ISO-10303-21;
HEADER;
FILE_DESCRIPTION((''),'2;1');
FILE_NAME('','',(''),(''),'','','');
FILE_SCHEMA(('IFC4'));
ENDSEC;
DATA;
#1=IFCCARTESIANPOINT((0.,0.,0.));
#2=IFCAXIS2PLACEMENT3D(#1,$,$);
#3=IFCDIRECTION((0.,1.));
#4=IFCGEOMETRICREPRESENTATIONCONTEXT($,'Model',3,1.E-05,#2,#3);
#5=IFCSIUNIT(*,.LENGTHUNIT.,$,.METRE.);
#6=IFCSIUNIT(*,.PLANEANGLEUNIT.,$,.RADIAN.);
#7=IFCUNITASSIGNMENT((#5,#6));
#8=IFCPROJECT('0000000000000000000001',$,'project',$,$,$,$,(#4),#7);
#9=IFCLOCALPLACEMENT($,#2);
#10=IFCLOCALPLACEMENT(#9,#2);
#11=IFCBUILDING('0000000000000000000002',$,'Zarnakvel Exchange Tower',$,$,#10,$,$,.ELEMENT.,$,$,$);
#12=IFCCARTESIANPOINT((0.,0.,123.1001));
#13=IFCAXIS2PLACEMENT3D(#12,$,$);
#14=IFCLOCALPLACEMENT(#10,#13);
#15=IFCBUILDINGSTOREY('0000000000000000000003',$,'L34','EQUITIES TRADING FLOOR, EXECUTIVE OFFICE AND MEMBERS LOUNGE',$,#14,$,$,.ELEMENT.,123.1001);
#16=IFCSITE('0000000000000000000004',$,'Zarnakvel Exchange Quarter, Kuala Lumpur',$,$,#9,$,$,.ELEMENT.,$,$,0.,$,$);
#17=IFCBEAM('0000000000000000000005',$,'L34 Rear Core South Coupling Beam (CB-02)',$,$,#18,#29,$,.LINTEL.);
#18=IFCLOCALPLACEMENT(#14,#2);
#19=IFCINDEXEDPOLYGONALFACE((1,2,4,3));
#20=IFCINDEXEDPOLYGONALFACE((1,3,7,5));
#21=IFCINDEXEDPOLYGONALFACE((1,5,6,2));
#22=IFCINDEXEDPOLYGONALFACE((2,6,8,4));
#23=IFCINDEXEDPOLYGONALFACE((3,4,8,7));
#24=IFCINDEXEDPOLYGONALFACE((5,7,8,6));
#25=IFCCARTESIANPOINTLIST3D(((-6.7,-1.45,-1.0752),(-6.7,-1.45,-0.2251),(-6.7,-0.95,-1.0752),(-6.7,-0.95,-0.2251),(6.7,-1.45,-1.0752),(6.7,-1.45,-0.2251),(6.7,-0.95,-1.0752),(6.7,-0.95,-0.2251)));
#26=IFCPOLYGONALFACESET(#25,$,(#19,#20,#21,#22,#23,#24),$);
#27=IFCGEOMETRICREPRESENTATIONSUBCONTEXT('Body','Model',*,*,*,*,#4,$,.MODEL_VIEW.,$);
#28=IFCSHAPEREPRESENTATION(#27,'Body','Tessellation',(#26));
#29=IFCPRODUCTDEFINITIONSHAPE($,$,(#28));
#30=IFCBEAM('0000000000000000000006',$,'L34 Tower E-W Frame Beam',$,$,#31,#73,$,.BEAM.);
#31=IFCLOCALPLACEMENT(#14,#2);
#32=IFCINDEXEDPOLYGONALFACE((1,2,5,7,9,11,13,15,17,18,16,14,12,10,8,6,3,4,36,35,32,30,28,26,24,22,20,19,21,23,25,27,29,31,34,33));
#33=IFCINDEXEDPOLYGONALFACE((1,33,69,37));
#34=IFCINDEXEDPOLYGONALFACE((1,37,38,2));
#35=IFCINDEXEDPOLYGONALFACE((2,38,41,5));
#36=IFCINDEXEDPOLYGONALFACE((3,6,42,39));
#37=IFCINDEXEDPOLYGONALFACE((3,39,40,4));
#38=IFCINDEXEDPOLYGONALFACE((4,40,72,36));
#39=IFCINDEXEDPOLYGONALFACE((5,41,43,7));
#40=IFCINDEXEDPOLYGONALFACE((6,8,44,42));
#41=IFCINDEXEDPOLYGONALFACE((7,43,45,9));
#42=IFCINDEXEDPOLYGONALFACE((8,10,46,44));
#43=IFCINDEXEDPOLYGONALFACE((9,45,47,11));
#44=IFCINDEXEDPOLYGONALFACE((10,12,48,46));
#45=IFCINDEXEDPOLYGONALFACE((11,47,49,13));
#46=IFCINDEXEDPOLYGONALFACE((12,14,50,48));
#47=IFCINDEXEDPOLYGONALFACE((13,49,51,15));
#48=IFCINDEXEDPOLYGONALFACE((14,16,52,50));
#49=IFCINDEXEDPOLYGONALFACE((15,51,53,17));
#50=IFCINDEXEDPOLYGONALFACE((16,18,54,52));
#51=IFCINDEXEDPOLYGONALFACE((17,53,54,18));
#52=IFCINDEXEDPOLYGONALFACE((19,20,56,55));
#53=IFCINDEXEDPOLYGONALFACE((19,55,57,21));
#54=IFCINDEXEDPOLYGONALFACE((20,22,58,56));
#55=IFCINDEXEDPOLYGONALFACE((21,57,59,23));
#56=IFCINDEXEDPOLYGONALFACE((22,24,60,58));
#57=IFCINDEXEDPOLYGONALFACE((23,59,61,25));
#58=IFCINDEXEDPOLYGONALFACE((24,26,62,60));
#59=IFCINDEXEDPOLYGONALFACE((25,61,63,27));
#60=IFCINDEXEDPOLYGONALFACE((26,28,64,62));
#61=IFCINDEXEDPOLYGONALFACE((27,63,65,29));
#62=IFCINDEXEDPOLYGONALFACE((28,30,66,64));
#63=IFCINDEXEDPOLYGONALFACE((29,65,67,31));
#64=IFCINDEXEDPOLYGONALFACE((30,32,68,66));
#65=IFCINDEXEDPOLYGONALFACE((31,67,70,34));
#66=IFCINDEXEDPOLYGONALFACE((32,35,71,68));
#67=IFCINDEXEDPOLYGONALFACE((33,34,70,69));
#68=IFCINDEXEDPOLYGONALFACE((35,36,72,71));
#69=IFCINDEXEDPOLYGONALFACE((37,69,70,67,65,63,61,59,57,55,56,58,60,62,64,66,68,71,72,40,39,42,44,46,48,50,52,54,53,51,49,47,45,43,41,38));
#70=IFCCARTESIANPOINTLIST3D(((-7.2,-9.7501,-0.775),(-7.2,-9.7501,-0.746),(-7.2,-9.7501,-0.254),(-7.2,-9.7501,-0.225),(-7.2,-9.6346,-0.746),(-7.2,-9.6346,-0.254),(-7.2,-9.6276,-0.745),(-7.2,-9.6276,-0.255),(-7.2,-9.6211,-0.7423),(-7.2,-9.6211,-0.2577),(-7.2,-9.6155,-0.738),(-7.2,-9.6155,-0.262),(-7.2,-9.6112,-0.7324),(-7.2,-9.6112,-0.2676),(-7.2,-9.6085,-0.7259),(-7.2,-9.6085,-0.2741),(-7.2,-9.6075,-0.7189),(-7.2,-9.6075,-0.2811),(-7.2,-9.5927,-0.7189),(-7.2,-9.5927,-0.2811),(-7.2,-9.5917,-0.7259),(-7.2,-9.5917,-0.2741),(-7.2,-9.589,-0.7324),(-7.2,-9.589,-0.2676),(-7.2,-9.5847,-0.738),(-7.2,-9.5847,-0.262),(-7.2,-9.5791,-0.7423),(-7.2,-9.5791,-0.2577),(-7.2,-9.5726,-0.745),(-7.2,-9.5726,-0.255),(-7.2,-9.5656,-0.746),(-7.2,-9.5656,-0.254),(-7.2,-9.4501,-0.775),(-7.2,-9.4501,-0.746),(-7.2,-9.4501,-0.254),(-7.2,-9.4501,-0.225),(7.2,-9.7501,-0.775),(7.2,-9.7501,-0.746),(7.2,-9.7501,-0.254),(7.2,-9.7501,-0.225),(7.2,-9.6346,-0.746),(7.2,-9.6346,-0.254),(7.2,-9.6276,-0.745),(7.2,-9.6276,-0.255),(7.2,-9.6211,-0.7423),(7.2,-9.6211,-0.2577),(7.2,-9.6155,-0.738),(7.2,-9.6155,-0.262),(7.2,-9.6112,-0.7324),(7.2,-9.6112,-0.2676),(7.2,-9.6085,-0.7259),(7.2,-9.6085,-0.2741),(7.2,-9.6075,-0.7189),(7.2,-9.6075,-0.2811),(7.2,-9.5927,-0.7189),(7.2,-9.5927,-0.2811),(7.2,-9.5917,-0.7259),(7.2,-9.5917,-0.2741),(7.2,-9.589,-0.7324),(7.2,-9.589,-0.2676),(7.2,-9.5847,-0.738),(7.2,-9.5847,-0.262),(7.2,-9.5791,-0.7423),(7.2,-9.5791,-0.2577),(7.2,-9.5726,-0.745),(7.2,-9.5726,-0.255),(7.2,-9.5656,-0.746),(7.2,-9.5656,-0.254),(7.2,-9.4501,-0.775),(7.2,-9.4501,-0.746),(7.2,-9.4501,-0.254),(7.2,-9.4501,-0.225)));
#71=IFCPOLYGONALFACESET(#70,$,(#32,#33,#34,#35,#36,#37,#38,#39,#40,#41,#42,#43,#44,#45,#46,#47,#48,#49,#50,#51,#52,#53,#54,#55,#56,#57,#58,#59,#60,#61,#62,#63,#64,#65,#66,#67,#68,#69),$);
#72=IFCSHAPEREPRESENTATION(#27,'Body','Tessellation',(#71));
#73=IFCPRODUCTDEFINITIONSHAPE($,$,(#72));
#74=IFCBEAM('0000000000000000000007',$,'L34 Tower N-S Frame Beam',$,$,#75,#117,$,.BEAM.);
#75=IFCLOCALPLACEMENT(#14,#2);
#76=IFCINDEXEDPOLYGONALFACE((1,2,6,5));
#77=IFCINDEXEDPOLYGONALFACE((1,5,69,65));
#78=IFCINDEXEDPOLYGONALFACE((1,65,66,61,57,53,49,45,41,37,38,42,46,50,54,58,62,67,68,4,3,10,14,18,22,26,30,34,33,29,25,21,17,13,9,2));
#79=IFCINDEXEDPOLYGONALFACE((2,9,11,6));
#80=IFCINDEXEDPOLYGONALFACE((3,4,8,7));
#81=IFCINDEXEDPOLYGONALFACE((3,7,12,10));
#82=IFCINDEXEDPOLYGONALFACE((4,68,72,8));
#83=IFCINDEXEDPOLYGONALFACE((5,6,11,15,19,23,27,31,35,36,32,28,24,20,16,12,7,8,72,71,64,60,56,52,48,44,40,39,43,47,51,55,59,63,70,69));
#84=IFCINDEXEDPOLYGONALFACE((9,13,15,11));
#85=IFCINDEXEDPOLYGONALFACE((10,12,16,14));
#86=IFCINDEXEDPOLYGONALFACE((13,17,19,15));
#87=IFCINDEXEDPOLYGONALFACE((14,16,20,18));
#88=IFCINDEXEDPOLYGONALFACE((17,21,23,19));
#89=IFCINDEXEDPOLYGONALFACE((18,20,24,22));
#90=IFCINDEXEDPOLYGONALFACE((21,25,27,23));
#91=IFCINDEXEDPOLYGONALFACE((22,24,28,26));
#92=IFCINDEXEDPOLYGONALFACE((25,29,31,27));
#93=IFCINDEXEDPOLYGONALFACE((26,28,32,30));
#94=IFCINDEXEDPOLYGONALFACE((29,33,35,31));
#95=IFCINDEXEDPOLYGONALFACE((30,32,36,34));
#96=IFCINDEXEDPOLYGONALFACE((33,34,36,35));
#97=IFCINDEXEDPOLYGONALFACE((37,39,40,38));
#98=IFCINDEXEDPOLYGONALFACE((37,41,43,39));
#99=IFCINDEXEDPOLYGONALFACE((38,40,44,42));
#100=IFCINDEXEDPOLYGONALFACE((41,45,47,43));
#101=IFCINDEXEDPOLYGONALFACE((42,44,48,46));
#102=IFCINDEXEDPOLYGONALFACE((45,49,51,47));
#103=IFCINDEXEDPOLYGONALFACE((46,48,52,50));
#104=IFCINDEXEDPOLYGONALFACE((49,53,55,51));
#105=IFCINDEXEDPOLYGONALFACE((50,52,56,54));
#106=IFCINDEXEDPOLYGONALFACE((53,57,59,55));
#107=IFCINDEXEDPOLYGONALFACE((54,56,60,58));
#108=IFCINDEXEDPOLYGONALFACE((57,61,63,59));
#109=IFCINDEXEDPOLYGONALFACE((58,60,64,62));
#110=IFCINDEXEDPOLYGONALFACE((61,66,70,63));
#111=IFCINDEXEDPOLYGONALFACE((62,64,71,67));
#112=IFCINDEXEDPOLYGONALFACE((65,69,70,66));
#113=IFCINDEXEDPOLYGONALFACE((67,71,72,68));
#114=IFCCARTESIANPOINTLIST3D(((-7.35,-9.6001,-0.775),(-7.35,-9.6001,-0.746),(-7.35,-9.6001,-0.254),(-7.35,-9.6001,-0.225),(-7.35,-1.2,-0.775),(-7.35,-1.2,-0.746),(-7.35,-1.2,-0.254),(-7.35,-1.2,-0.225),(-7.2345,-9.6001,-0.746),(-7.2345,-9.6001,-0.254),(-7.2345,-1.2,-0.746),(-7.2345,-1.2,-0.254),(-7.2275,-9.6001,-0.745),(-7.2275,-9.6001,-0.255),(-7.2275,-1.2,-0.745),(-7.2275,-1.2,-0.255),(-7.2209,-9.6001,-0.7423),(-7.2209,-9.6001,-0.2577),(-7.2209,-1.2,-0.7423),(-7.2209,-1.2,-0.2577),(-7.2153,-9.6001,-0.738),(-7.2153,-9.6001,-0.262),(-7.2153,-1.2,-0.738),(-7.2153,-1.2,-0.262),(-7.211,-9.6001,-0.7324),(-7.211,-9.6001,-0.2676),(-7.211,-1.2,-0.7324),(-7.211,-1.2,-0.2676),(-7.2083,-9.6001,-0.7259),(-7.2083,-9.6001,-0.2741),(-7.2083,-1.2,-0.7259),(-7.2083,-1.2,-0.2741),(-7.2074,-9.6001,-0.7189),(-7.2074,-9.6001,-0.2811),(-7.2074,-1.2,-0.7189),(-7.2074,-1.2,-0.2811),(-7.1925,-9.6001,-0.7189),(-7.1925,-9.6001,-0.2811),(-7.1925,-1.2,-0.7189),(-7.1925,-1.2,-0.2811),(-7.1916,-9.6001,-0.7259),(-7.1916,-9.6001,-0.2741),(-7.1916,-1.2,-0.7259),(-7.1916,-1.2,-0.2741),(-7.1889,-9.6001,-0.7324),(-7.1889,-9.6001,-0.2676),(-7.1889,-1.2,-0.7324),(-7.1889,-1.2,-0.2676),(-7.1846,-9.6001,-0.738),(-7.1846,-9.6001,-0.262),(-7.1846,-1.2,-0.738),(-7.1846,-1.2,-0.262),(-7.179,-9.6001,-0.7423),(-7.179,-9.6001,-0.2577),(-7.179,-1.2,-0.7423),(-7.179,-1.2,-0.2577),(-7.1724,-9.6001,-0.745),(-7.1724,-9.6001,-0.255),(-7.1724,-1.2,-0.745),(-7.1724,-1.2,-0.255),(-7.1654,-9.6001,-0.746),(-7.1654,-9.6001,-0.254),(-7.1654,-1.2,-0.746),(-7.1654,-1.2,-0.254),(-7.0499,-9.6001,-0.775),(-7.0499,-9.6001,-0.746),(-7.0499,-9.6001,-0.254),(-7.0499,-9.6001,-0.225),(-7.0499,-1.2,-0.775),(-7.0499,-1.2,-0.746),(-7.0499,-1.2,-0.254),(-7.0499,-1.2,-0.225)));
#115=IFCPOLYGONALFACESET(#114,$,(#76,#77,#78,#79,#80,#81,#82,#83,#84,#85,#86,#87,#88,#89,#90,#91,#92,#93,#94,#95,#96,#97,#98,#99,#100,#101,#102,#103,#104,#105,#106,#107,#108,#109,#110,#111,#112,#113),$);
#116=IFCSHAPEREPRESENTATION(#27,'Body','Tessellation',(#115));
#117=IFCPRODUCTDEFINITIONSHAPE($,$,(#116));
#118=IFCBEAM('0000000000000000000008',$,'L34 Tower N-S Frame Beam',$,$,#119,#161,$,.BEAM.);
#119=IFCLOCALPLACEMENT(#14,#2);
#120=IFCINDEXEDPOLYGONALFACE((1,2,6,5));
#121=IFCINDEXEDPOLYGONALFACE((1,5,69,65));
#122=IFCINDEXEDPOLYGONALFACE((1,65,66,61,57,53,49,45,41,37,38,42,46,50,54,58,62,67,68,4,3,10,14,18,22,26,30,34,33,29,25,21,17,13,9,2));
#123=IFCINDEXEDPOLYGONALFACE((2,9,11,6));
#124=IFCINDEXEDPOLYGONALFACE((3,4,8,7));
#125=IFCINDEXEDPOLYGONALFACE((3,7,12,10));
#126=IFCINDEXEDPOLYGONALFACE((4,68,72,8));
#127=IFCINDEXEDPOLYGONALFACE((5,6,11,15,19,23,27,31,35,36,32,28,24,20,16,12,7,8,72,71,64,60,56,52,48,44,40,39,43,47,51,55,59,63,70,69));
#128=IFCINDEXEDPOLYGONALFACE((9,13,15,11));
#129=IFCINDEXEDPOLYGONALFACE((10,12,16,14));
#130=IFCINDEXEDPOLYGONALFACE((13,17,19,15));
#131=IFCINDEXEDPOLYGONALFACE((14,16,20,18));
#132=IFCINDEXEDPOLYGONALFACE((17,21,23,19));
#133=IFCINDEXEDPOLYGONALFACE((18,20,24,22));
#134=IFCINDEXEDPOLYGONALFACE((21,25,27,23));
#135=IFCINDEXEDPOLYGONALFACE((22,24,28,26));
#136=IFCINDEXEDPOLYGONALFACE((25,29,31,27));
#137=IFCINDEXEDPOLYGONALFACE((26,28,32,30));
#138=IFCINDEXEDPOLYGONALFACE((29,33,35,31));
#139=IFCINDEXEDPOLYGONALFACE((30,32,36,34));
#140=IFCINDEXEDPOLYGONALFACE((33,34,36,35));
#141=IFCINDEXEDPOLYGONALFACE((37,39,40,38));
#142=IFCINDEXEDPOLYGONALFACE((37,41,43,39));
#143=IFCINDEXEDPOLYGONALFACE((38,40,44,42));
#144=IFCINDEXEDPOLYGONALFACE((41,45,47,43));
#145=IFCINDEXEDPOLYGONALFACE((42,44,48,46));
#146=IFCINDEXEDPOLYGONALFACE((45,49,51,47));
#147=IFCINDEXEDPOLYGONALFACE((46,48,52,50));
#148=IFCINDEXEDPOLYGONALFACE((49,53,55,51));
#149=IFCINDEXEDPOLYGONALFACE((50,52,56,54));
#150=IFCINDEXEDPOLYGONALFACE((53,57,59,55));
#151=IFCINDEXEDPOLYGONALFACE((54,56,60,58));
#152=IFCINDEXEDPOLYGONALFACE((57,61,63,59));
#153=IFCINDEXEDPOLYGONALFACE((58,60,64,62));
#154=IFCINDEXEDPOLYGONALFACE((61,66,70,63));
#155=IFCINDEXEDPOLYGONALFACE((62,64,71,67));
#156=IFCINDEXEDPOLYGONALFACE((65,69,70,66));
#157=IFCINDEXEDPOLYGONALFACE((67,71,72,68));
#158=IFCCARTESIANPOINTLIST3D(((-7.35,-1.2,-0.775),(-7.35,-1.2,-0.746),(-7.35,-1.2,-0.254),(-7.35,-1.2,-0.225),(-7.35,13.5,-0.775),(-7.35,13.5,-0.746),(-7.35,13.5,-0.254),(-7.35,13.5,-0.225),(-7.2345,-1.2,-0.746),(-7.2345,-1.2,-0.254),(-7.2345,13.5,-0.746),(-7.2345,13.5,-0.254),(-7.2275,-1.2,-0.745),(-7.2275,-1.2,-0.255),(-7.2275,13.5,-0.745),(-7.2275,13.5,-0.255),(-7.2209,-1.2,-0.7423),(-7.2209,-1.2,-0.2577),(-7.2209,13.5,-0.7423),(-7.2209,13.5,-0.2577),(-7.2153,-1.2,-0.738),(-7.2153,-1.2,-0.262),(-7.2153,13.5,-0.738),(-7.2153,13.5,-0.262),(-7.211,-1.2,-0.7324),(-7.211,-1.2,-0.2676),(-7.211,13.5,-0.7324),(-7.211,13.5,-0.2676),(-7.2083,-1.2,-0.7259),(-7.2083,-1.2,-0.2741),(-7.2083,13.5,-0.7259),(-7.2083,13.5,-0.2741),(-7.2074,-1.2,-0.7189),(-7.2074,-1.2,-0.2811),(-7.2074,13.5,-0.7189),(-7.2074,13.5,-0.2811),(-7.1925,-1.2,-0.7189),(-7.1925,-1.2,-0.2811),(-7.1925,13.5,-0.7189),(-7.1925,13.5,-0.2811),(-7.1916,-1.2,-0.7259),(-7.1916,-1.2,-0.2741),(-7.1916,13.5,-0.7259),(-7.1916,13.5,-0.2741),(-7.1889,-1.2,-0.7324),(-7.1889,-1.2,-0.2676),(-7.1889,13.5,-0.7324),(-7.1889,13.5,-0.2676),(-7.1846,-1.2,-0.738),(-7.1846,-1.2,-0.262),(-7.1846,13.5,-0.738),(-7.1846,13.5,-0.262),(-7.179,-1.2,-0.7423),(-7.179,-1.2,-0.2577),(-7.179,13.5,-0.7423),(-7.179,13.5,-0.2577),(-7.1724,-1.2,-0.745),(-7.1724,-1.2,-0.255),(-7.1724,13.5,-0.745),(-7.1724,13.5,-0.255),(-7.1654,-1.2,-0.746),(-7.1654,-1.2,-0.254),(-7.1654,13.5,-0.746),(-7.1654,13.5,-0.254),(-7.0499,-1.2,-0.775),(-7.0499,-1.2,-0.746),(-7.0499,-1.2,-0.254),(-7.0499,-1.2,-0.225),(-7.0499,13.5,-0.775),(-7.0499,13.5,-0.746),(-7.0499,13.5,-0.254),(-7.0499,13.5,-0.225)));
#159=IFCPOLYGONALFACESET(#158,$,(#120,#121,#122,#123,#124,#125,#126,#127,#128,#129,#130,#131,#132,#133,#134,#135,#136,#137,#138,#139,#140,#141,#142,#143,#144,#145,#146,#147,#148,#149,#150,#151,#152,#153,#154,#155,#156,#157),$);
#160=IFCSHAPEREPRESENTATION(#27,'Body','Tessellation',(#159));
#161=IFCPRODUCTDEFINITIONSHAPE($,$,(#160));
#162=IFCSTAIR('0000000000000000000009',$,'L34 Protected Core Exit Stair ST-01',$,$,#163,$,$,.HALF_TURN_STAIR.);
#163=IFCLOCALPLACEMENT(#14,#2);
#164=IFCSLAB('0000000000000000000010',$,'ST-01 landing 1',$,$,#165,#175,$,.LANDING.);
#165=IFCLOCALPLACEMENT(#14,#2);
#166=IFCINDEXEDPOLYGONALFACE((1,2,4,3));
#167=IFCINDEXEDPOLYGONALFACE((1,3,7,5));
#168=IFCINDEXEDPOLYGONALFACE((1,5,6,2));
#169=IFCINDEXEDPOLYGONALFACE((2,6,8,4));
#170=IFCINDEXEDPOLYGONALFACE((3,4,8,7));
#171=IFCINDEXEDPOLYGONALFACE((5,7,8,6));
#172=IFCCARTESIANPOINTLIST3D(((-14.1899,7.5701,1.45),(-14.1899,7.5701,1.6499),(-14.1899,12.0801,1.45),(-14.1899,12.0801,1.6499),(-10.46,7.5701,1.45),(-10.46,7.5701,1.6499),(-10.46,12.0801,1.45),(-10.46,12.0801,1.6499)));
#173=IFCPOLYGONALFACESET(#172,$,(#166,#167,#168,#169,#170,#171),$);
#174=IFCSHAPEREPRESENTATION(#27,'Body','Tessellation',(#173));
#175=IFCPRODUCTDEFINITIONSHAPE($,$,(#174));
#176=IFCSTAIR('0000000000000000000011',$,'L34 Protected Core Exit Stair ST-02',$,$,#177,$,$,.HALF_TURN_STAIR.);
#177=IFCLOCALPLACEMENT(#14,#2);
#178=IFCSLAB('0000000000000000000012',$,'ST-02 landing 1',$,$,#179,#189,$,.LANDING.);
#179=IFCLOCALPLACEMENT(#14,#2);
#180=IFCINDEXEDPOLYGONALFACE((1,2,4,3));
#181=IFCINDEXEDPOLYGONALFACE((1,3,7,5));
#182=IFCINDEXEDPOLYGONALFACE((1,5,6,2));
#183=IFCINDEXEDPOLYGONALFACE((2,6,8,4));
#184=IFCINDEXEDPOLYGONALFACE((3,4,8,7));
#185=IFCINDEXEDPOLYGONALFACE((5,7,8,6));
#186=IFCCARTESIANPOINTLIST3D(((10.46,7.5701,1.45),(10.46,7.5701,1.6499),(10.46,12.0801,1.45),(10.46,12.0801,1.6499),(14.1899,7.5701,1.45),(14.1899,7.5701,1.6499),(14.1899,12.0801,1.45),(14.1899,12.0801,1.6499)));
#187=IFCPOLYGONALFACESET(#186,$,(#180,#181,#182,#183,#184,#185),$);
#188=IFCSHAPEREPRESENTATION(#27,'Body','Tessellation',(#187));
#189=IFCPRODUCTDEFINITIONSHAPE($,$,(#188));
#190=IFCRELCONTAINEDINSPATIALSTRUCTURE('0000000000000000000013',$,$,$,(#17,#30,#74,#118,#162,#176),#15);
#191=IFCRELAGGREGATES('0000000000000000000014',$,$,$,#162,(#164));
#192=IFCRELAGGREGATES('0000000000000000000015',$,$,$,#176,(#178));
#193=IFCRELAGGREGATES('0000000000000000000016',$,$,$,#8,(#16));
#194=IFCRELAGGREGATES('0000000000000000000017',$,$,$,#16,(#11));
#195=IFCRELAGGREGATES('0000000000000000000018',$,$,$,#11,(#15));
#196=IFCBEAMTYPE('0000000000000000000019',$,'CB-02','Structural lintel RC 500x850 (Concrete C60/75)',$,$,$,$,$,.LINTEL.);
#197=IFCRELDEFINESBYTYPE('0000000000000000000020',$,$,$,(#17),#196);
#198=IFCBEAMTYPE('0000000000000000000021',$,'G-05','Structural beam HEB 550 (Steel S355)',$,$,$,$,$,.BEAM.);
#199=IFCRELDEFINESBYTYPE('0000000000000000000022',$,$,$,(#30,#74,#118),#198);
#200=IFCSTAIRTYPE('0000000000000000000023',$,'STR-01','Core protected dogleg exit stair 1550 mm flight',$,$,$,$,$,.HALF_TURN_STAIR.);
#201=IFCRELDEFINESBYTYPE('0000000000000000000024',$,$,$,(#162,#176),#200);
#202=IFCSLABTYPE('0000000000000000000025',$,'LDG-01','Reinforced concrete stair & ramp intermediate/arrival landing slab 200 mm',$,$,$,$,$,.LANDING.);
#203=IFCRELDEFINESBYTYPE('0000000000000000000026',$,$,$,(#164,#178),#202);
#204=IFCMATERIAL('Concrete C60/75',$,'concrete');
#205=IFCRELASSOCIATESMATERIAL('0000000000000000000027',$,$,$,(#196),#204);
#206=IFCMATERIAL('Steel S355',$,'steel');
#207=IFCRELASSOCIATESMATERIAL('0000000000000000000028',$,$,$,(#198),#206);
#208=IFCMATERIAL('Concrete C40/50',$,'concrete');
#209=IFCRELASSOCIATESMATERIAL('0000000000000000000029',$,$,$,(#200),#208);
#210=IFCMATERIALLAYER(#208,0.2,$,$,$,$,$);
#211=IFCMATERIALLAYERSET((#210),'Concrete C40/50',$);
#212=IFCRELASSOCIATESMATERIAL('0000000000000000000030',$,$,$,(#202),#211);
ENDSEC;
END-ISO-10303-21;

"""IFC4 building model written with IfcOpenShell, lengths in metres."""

from ifc_helpers import new_model, si_unit, direction, frame, origin, origin_2d, place, context, subcontext, project, spatial, polyline, rectangle, i_section, outline, extrude, material, layer, layer_set, material_profile, profile_set, type_object, element, aggregate, save


model = new_model("IFC4")

# Units and contexts
model_context = context("Model", 3, precision=1e-05, world=origin(), true_north=direction((0.0, 1.0)))
body_context = subcontext(model_context, "Body", "Model", "MODEL_VIEW")
ifc_project = project(units=[si_unit("LENGTHUNIT", "METRE"), si_unit("PLANEANGLEUNIT", "RADIAN")], contexts=[model_context])

# Site, building, storey
site_placement = place(None, origin())
site = spatial("IfcSite", under=ifc_project, at=site_placement, Name="Zarnakvel Exchange Quarter, Kuala Lumpur", CompositionType="ELEMENT", RefElevation=0.0)
building_placement = place(site_placement, origin())
building = spatial("IfcBuilding", under=site, at=building_placement, Name="Zarnakvel Exchange Tower", CompositionType="ELEMENT")
storey_placement = place(building_placement, frame((0.0, 0.0, 123.1001)))
storey = spatial("IfcBuildingStorey", under=building, at=storey_placement, Name="L34", Description="EQUITIES TRADING FLOOR, EXECUTIVE OFFICE AND MEMBERS LOUNGE", CompositionType="ELEMENT", Elevation=123.1001)

# Shared definitions
ifc_material_1 = material(Name="Concrete C60/75", Category="concrete")

# Beams
ifc_material_2 = material(Name="Steel S355", Category="steel")
ifc_material_profile_1 = material_profile(ifc_material_1, rectangle(XDim=0.5, YDim=0.8501, at=origin_2d()))
ifc_profile_set_1 = profile_set([ifc_material_profile_1], Name="Concrete C60/75")
beam_type_1 = type_object("IfcBeamType", Name="CB-02", Description="Structural lintel RC 500x850 (Concrete C60/75)", PredefinedType="LINTEL", material=ifc_profile_set_1)
beam_1_placement = place(storey_placement, frame((-6.7, -1.2, -0.6501), z_axis=(1.0, 0.0, 0.0), x_axis=(0.0, 1.0, 0.0)))
element("IfcBeam", 1, at=beam_1_placement, inside=storey, type_object=beam_type_1, Name="L34 Rear Core South Coupling Beam (CB-02)", PredefinedType="LINTEL", context=body_context, shape_type="SweptSolid", body=[
    extrude(rectangle(XDim=0.5, YDim=0.8501, at=origin_2d()), origin(), (0.0, 0.0, 1.0), 13.3999),
])
ifc_material_profile_2 = material_profile(ifc_material_2, i_section(OverallWidth=0.3, OverallDepth=0.55, WebThickness=0.0149, FlangeThickness=0.0291, FilletRadius=0.0271, at=origin_2d()))
ifc_profile_set_2 = profile_set([ifc_material_profile_2], Name="Steel S355")
beam_type_2 = type_object("IfcBeamType", Name="G-05", Description="Structural beam HEB 550 (Steel S355)", PredefinedType="BEAM", material=ifc_profile_set_2)
beam_2_placement = place(storey_placement, frame((-7.2, -9.6001, -0.5), z_axis=(1.0, 0.0, 0.0), x_axis=(0.0, 1.0, 0.0)))
element("IfcBeam", 2, at=beam_2_placement, inside=storey, type_object=beam_type_2, Name="L34 Tower E-W Frame Beam", PredefinedType="BEAM", context=body_context, shape_type="SweptSolid", body=[
    extrude(i_section(OverallWidth=0.3, OverallDepth=0.55, WebThickness=0.0149, FlangeThickness=0.0291, FilletRadius=0.0271, at=origin_2d()), origin(), (0.0, 0.0, 1.0), 14.3999),
])
beam_3_placement = place(storey_placement, frame((-7.2, -9.6001, -0.5), z_axis=(0.0, 1.0, 0.0), x_axis=(-1.0, 0.0, 0.0)))
element("IfcBeam", 3, at=beam_3_placement, inside=storey, type_object=beam_type_2, Name="L34 Tower N-S Frame Beam", PredefinedType="BEAM", context=body_context, shape_type="SweptSolid", body=[
    extrude(i_section(OverallWidth=0.3, OverallDepth=0.55, WebThickness=0.0149, FlangeThickness=0.0291, FilletRadius=0.0271, at=origin_2d()), origin(), (0.0, 0.0, 1.0), 8.4001),
])
beam_4_placement = place(storey_placement, frame((-7.2, -1.2, -0.5), z_axis=(0.0, 1.0, 0.0), x_axis=(-1.0, 0.0, 0.0)))
element("IfcBeam", 4, at=beam_4_placement, inside=storey, type_object=beam_type_2, Name="L34 Tower N-S Frame Beam", PredefinedType="BEAM", context=body_context, shape_type="SweptSolid", body=[
    extrude(i_section(OverallWidth=0.3, OverallDepth=0.55, WebThickness=0.0149, FlangeThickness=0.0291, FilletRadius=0.0271, at=origin_2d()), origin(), (0.0, 0.0, 1.0), 14.7),
])

# Stairs, slabs
ifc_material_3 = material(Name="Concrete C40/50", Category="concrete")
stair_type = type_object("IfcStairType", Name="STR-01", Description="Core protected dogleg exit stair 1550 mm flight", PredefinedType="HALF_TURN_STAIR", material=ifc_material_3)
stair_1_placement = place(storey_placement, origin())
stair_1 = element("IfcStair", 5, at=stair_1_placement, inside=storey, type_object=stair_type, Name="L34 Protected Core Exit Stair ST-01", PredefinedType="HALF_TURN_STAIR")
ifc_layer_1 = layer(ifc_material_3, 0.2)
ifc_layer_set_1 = layer_set([ifc_layer_1], Name="Concrete C40/50")
slab_type_1 = type_object("IfcSlabType", Name="LDG-01", Description="Reinforced concrete stair & ramp intermediate/arrival landing slab 200 mm", PredefinedType="LANDING", material=ifc_layer_set_1)
slab_1_placement = place(storey_placement, frame((0.0, 0.0, 1.45)))
slab_1 = element("IfcSlab", 6, at=slab_1_placement, type_object=slab_type_1, Name="ST-01 landing 1", PredefinedType="LANDING", context=body_context, shape_type="SweptSolid", body=[
    extrude(outline(polyline([(-14.1899, 7.5701), (-10.46, 7.5701), (-10.46, 12.0801), (-14.1899, 12.0801), (-14.1899, 7.5701)])), origin(), (0.0, 0.0, 1.0), 0.2),
])
aggregate(stair_1, [slab_1])
stair_2_placement = place(storey_placement, origin())
stair_2 = element("IfcStair", 7, at=stair_2_placement, inside=storey, type_object=stair_type, Name="L34 Protected Core Exit Stair ST-02", PredefinedType="HALF_TURN_STAIR")
slab_2_placement = place(storey_placement, frame((0.0, 0.0, 1.45)))
slab_2 = element("IfcSlab", 8, at=slab_2_placement, type_object=slab_type_1, Name="ST-02 landing 1", PredefinedType="LANDING", context=body_context, shape_type="SweptSolid", body=[
    extrude(outline(polyline([(10.46, 7.5701), (14.1899, 7.5701), (14.1899, 12.0801), (10.46, 12.0801), (10.46, 7.5701)])), origin(), (0.0, 0.0, 1.0), 0.2),
])
aggregate(stair_2, [slab_2])

save(model, "model.ifc")
